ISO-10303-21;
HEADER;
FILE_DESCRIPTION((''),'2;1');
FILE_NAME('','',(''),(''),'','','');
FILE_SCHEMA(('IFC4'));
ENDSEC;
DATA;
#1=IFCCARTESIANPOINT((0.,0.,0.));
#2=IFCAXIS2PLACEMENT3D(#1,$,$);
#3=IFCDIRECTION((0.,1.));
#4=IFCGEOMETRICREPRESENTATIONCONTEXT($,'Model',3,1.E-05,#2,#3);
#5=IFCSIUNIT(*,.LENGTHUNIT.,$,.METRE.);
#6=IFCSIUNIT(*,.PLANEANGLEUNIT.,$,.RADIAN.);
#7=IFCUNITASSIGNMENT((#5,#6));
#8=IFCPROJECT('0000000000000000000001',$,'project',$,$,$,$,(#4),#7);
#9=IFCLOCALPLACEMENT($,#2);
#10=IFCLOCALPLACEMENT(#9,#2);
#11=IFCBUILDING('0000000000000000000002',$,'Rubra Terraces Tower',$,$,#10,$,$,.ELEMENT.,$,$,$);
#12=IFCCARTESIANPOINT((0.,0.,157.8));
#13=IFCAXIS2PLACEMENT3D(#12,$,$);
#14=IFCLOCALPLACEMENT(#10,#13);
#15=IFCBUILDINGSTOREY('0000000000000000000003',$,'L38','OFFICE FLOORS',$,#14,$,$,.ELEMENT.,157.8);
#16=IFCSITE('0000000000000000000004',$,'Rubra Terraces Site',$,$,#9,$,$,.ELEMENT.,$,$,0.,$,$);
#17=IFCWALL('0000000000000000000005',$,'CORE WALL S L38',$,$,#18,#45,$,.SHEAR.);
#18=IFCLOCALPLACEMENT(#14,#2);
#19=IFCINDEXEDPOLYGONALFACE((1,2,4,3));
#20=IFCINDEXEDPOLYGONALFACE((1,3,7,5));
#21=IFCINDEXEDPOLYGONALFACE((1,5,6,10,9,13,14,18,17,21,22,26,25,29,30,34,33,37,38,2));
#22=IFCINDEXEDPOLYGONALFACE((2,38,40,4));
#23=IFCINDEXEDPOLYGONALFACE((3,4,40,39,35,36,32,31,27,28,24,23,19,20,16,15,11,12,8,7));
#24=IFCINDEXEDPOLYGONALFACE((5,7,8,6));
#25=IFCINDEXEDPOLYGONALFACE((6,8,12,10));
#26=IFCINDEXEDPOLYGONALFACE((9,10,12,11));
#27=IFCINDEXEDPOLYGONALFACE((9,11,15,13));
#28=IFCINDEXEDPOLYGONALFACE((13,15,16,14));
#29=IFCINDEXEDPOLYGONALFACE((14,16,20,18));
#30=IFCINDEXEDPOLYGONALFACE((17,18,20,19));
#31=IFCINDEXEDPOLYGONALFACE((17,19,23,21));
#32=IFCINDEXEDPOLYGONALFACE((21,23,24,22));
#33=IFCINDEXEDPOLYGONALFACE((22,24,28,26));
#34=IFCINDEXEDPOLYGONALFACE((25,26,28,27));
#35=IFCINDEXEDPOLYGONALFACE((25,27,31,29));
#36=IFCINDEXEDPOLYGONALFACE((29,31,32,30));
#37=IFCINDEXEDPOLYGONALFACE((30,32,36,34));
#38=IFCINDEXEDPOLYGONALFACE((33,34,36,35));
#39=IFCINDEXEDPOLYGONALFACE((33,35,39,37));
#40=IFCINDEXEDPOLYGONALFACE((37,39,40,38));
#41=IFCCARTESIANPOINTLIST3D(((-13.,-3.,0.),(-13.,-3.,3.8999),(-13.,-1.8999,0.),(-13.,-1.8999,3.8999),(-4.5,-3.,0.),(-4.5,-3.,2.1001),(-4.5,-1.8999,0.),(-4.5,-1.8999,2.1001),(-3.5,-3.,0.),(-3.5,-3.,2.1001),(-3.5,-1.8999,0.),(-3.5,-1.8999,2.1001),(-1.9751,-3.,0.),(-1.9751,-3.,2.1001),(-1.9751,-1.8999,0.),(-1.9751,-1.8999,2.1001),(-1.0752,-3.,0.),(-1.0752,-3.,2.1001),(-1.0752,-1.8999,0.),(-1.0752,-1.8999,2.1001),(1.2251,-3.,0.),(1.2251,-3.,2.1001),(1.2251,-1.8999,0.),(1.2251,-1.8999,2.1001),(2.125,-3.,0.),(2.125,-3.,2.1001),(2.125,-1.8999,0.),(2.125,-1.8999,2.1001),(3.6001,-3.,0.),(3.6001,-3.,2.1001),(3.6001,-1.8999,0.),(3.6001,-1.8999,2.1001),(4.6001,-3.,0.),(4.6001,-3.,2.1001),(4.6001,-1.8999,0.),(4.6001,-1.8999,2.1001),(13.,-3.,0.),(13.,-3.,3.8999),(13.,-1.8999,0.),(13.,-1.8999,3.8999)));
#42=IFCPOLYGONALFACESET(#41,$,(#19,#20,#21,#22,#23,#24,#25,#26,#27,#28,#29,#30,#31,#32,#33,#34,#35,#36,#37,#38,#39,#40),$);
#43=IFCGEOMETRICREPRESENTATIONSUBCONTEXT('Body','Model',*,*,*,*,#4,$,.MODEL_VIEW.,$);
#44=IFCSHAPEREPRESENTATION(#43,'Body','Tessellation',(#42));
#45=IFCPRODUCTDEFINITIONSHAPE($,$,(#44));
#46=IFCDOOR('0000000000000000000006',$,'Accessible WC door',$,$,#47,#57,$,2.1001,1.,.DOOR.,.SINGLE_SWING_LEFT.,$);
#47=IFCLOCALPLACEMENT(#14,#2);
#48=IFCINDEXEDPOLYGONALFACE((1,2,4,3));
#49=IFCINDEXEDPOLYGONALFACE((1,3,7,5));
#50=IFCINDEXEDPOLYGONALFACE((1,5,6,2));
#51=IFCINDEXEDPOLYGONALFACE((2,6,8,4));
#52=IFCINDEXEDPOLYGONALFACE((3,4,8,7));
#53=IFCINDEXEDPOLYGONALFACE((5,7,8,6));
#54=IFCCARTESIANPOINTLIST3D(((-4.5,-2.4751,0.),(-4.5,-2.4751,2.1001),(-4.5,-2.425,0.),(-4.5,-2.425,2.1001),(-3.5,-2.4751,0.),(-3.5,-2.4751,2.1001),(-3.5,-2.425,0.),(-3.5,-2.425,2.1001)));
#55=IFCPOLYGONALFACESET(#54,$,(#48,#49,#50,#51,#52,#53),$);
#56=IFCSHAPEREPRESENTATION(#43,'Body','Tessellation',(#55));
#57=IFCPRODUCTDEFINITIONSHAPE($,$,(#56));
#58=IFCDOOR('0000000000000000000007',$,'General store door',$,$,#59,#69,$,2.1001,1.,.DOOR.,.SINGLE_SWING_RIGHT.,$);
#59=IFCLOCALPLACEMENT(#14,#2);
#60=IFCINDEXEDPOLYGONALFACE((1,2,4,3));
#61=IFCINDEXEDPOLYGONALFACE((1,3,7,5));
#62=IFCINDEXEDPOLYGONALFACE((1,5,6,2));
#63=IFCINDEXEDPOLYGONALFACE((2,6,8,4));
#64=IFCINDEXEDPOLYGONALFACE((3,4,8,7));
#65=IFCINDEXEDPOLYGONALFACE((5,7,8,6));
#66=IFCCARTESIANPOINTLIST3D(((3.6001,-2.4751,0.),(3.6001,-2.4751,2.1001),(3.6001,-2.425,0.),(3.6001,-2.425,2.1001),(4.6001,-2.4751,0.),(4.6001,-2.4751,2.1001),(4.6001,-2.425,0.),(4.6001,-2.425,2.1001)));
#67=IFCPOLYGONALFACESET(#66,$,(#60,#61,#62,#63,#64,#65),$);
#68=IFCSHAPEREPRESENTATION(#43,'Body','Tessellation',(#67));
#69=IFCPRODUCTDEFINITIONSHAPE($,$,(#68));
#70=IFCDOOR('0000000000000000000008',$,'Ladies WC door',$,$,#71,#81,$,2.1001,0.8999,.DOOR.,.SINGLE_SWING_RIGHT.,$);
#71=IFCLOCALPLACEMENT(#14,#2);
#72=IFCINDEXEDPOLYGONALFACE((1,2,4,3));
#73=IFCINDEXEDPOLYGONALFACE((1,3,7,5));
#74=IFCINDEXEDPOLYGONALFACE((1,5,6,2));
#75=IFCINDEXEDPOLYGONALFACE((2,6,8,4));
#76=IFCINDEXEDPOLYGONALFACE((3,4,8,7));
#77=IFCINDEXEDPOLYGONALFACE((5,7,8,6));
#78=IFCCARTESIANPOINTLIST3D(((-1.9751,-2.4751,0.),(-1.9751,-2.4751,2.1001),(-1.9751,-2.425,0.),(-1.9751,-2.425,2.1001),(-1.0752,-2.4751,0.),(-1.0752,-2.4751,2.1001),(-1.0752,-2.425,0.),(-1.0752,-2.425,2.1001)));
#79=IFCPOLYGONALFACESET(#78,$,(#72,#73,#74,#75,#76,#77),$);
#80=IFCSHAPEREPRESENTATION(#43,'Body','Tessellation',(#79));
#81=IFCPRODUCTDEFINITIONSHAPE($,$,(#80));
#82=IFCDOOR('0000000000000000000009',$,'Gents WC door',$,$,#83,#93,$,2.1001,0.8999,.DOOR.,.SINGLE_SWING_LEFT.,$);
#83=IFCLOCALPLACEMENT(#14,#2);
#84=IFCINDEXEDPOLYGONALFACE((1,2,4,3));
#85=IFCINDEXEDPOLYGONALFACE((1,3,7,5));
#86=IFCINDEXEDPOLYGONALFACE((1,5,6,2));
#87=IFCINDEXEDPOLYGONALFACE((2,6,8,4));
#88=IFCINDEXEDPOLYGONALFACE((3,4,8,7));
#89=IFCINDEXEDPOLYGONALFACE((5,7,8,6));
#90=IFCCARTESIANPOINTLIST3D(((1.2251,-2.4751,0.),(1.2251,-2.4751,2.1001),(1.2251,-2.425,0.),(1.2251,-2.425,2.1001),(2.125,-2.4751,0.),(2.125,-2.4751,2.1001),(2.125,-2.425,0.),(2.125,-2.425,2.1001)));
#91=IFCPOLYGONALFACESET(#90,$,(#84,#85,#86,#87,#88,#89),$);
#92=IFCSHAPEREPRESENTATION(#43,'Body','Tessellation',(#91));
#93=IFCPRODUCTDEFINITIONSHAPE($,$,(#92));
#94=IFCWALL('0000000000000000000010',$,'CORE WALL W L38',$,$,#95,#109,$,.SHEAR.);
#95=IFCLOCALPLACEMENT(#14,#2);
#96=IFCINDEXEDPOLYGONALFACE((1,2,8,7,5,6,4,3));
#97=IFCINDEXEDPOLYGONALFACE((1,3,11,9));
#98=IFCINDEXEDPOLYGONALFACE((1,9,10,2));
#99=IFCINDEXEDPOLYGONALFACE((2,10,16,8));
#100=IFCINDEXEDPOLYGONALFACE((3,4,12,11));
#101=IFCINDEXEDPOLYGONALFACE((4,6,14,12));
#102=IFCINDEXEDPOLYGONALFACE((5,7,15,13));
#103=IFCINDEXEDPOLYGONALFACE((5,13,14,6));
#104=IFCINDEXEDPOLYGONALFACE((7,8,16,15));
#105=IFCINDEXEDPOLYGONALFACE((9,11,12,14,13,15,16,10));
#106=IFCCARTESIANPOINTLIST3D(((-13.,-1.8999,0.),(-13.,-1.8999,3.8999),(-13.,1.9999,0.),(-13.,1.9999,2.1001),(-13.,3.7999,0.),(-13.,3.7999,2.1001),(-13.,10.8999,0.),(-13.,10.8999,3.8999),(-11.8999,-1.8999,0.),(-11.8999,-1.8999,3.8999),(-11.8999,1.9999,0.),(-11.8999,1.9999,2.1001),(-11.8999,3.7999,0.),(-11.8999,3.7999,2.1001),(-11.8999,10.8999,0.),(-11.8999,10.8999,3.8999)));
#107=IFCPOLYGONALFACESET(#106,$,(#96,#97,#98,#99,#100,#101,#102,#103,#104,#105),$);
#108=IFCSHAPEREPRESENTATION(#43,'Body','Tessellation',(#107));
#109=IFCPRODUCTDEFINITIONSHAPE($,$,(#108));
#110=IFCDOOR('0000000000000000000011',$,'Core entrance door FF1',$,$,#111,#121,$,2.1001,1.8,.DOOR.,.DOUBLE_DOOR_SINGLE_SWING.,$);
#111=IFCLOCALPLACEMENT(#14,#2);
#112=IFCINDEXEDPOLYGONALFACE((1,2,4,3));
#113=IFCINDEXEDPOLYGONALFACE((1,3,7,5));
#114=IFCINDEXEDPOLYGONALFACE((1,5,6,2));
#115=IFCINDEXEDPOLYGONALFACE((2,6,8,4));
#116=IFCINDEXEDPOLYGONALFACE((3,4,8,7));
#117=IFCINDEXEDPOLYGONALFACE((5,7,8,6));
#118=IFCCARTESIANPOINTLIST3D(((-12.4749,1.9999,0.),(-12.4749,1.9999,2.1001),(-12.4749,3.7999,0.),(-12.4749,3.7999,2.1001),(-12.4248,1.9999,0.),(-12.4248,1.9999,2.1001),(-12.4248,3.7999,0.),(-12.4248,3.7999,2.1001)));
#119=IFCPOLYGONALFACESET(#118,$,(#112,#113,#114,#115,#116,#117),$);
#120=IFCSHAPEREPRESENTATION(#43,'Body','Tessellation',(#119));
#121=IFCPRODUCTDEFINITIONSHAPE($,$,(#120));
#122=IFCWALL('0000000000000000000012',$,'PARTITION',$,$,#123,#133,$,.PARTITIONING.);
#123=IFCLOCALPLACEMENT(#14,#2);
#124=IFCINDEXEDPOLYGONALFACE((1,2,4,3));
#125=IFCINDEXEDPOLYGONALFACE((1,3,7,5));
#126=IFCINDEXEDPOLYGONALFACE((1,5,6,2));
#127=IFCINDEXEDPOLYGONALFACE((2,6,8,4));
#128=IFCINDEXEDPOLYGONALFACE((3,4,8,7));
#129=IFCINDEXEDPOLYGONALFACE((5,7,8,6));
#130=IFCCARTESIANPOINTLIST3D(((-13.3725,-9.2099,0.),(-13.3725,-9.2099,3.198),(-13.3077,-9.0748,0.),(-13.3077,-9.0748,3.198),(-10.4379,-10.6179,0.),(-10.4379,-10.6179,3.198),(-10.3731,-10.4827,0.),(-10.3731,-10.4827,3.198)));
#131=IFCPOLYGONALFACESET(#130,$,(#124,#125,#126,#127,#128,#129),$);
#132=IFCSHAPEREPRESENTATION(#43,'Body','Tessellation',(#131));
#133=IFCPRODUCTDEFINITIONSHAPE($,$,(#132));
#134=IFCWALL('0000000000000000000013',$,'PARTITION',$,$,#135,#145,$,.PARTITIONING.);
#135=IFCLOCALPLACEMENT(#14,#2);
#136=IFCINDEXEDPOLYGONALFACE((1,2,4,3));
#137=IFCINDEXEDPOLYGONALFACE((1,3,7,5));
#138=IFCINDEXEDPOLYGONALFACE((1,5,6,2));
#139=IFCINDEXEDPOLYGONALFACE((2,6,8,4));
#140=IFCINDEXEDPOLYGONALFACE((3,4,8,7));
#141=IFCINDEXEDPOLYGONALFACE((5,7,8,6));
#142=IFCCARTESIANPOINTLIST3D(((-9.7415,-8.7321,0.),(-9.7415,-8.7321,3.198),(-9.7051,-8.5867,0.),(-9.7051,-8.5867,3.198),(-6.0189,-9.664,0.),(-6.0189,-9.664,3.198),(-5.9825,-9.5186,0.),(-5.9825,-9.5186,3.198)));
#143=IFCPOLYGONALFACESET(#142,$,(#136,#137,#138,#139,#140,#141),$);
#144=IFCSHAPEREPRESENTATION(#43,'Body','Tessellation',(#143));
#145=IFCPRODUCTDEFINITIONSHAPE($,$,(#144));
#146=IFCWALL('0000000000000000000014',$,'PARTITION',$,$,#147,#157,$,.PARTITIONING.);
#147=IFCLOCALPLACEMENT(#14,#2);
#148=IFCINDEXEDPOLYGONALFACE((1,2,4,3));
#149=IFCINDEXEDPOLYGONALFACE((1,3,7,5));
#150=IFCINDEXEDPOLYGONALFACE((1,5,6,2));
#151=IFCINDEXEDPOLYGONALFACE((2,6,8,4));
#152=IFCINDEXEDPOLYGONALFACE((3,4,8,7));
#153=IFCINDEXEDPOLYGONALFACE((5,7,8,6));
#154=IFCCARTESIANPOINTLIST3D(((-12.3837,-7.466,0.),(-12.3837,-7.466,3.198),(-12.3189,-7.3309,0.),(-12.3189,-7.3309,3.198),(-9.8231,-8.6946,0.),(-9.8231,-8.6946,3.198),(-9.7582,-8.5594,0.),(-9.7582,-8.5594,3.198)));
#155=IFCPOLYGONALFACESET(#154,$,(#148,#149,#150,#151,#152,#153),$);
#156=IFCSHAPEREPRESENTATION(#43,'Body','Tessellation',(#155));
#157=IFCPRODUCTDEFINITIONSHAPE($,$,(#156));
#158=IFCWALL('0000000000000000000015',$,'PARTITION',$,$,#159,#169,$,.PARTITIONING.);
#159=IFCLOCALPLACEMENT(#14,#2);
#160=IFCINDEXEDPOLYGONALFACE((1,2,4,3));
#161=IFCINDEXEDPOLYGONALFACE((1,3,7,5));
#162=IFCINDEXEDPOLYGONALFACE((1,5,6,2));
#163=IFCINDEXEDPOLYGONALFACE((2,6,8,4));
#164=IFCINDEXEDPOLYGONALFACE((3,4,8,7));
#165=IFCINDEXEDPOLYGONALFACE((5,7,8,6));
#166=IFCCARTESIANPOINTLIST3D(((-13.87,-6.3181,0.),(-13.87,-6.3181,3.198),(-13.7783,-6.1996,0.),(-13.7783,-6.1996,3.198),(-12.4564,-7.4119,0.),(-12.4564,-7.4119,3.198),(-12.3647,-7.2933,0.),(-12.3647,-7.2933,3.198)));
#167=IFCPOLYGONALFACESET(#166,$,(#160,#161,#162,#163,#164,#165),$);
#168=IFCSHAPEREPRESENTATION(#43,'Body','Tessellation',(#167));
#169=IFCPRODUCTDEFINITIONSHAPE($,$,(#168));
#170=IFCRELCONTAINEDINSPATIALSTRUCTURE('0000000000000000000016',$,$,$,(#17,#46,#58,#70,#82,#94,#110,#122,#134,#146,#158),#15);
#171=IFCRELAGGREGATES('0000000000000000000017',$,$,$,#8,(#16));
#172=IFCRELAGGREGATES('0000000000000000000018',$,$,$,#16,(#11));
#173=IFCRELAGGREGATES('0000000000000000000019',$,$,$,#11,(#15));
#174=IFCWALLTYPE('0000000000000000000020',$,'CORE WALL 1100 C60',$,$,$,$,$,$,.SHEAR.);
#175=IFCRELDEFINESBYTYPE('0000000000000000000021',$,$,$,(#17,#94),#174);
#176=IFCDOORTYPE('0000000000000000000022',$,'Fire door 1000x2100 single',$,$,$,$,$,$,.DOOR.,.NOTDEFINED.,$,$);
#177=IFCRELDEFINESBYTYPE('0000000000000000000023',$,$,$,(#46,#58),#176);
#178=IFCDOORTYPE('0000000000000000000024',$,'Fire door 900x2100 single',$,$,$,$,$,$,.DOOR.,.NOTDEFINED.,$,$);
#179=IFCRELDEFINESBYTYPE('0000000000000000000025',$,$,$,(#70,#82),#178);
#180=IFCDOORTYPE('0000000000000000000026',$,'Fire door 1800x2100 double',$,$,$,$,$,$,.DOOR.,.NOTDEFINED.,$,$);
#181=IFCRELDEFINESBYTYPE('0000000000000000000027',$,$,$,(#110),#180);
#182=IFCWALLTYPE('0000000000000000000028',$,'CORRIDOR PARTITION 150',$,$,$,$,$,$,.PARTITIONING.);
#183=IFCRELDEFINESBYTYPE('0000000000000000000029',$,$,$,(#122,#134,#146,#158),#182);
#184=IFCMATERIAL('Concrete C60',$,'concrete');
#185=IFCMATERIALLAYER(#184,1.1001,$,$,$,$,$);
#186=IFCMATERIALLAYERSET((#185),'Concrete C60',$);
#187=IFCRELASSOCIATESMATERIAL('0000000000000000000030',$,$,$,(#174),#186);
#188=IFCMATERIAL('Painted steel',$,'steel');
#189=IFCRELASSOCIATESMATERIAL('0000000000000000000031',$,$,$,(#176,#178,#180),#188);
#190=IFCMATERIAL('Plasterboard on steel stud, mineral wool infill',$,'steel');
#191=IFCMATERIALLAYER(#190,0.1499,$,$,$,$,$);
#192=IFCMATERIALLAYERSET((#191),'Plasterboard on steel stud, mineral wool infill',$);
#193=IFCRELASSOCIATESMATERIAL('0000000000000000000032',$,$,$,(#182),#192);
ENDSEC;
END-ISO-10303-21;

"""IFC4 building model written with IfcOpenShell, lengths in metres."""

from ifc_helpers import new_model, si_unit, direction, frame, frame_2d, origin, place, context, subcontext, project, spatial, rectangle, extrude, material, layer, layer_set, type_object, element, fill, save


model = new_model("IFC4")

# Units and contexts
model_context = context("Model", 3, precision=1e-05, world=origin(), true_north=direction((0.0, 1.0)))
body_context = subcontext(model_context, "Body", "Model", "MODEL_VIEW")
ifc_project = project(units=[si_unit("LENGTHUNIT", "METRE"), si_unit("PLANEANGLEUNIT", "RADIAN")], contexts=[model_context])

# Site, building, storey
site_placement = place(None, origin())
site = spatial("IfcSite", under=ifc_project, at=site_placement, Name="Rubra Terraces Site", CompositionType="ELEMENT", RefElevation=0.0)
building_placement = place(site_placement, origin())
building = spatial("IfcBuilding", under=site, at=building_placement, Name="Rubra Terraces Tower", CompositionType="ELEMENT")
storey_placement = place(building_placement, frame((0.0, 0.0, 157.8)))
storey = spatial("IfcBuildingStorey", under=building, at=storey_placement, Name="L38", Description="OFFICE FLOORS", CompositionType="ELEMENT", Elevation=157.8)

# Wall, openings, doors
ifc_material_1 = material(Name="Concrete C60", Category="concrete")
ifc_layer_1 = layer(ifc_material_1, 1.1001)
ifc_layer_set_1 = layer_set([ifc_layer_1], Name="Concrete C60")
wall_type_1 = type_object("IfcWallType", Name="CORE WALL 1100 C60", PredefinedType="SHEAR", material=ifc_layer_set_1)
wall_1_placement = place(storey_placement, frame((-13.0, -2.45, 0.0), z_axis=(0.0, 0.0, 1.0), x_axis=(1.0, 0.0, 0.0)))
wall_1 = element("IfcWall", 1, at=wall_1_placement, inside=storey, type_object=wall_type_1, Name="CORE WALL S L38", PredefinedType="SHEAR", context=body_context, shape_type="SweptSolid", body=[
    extrude(rectangle(XDim=26.0, YDim=1.1001, at=frame_2d((13.0, 0.0))), origin(), (0.0, 0.0, 1.0), 3.8999),
])
opening_1_placement = place(wall_1_placement, frame((8.5, 0.0, 0.0)))
opening_1 = element("IfcOpeningElement", 2, at=opening_1_placement, cuts=wall_1, PredefinedType="OPENING", context=body_context, shape_type="SweptSolid", body=[
    extrude(rectangle(XDim=1.0, YDim=2.1001, at=frame_2d((0.5, 1.05))), frame((0.0, 0.5601, 0.0), z_axis=(0.0, -1.0, 0.0), x_axis=(1.0, 0.0, 0.0)), (0.0, 0.0, 1.0), 1.1201),
])
opening_2_placement = place(wall_1_placement, frame((11.0249, 0.0, 0.0)))
opening_2 = element("IfcOpeningElement", 3, at=opening_2_placement, cuts=wall_1, PredefinedType="OPENING", context=body_context, shape_type="SweptSolid", body=[
    extrude(rectangle(XDim=0.8999, YDim=2.1001, at=frame_2d((0.45, 1.05))), frame((0.0, 0.5601, 0.0), z_axis=(0.0, -1.0, 0.0), x_axis=(1.0, 0.0, 0.0)), (0.0, 0.0, 1.0), 1.1201),
])
opening_3_placement = place(wall_1_placement, frame((14.2251, 0.0, 0.0)))
opening_3 = element("IfcOpeningElement", 4, at=opening_3_placement, cuts=wall_1, PredefinedType="OPENING", context=body_context, shape_type="SweptSolid", body=[
    extrude(rectangle(XDim=0.8999, YDim=2.1001, at=frame_2d((0.45, 1.05))), frame((0.0, 0.5601, 0.0), z_axis=(0.0, -1.0, 0.0), x_axis=(1.0, 0.0, 0.0)), (0.0, 0.0, 1.0), 1.1201),
])
opening_4_placement = place(wall_1_placement, frame((16.6001, 0.0, 0.0)))
opening_4 = element("IfcOpeningElement", 5, at=opening_4_placement, cuts=wall_1, PredefinedType="OPENING", context=body_context, shape_type="SweptSolid", body=[
    extrude(rectangle(XDim=1.0, YDim=2.1001, at=frame_2d((0.5, 1.05))), frame((0.0, 0.5601, 0.0), z_axis=(0.0, -1.0, 0.0), x_axis=(1.0, 0.0, 0.0)), (0.0, 0.0, 1.0), 1.1201),
])
ifc_material_2 = material(Name="Painted steel", Category="steel")
door_type_1 = type_object("IfcDoorType", Name="Fire door 1000x2100 single", OperationType="NOTDEFINED", PredefinedType="DOOR", material=ifc_material_2)
door_1_placement = place(opening_1_placement, origin())
door_1 = element("IfcDoor", 6, at=door_1_placement, inside=storey, type_object=door_type_1, Name="Accessible WC door", OperationType="SINGLE_SWING_LEFT", OverallHeight=2.1001, OverallWidth=1.0, PredefinedType="DOOR", context=body_context, shape_type="SweptSolid", body=[
    extrude(rectangle(XDim=1.0, YDim=2.1001, at=frame_2d((0.5, 1.05))), frame((0.0, 0.0249, 0.0), z_axis=(0.0, -1.0, 0.0), x_axis=(1.0, 0.0, 0.0)), (0.0, 0.0, 1.0), 0.05),
])
fill(opening_1, door_1)
door_2_placement = place(opening_4_placement, origin())
door_2 = element("IfcDoor", 7, at=door_2_placement, inside=storey, type_object=door_type_1, Name="General store door", OperationType="SINGLE_SWING_RIGHT", OverallHeight=2.1001, OverallWidth=1.0, PredefinedType="DOOR", context=body_context, shape_type="SweptSolid", body=[
    extrude(rectangle(XDim=1.0, YDim=2.1001, at=frame_2d((0.5, 1.05))), frame((0.0, 0.0249, 0.0), z_axis=(0.0, -1.0, 0.0), x_axis=(1.0, 0.0, 0.0)), (0.0, 0.0, 1.0), 0.05),
])
fill(opening_4, door_2)
door_type_2 = type_object("IfcDoorType", Name="Fire door 900x2100 single", OperationType="NOTDEFINED", PredefinedType="DOOR", material=ifc_material_2)
door_3_placement = place(opening_2_placement, origin())
door_3 = element("IfcDoor", 8, at=door_3_placement, inside=storey, type_object=door_type_2, Name="Ladies WC door", OperationType="SINGLE_SWING_RIGHT", OverallHeight=2.1001, OverallWidth=0.8999, PredefinedType="DOOR", context=body_context, shape_type="SweptSolid", body=[
    extrude(rectangle(XDim=0.8999, YDim=2.1001, at=frame_2d((0.45, 1.05))), frame((0.0, 0.0249, 0.0), z_axis=(0.0, -1.0, 0.0), x_axis=(1.0, 0.0, 0.0)), (0.0, 0.0, 1.0), 0.05),
])
fill(opening_2, door_3)
door_4_placement = place(opening_3_placement, origin())
door_4 = element("IfcDoor", 9, at=door_4_placement, inside=storey, type_object=door_type_2, Name="Gents WC door", OperationType="SINGLE_SWING_LEFT", OverallHeight=2.1001, OverallWidth=0.8999, PredefinedType="DOOR", context=body_context, shape_type="SweptSolid", body=[
    extrude(rectangle(XDim=0.8999, YDim=2.1001, at=frame_2d((0.45, 1.05))), frame((0.0, 0.0249, 0.0), z_axis=(0.0, -1.0, 0.0), x_axis=(1.0, 0.0, 0.0)), (0.0, 0.0, 1.0), 0.05),
])
fill(opening_3, door_4)

# Wall, opening, door
wall_2_placement = place(storey_placement, frame((-12.45, -1.8999, 0.0), z_axis=(0.0, 0.0, 1.0), x_axis=(0.0, 1.0, 0.0)))
wall_2 = element("IfcWall", 10, at=wall_2_placement, inside=storey, type_object=wall_type_1, Name="CORE WALL W L38", PredefinedType="SHEAR", context=body_context, shape_type="SweptSolid", body=[
    extrude(rectangle(XDim=12.7998, YDim=1.1001, at=frame_2d((6.3999, 0.0))), origin(), (0.0, 0.0, 1.0), 3.8999),
])
opening_5_placement = place(wall_2_placement, frame((3.8999, 0.0, 0.0)))
opening_5 = element("IfcOpeningElement", 11, at=opening_5_placement, cuts=wall_2, PredefinedType="OPENING", context=body_context, shape_type="SweptSolid", body=[
    extrude(rectangle(XDim=1.8, YDim=2.1001, at=frame_2d((0.8999, 1.05))), frame((0.0, 0.5601, 0.0), z_axis=(0.0, -1.0, 0.0), x_axis=(1.0, 0.0, 0.0)), (0.0, 0.0, 1.0), 1.1201),
])
door_type_3 = type_object("IfcDoorType", Name="Fire door 1800x2100 double", OperationType="NOTDEFINED", PredefinedType="DOOR", material=ifc_material_2)
door_5_placement = place(opening_5_placement, origin())
door_5 = element("IfcDoor", 12, at=door_5_placement, inside=storey, type_object=door_type_3, Name="Core entrance door FF1", OperationType="DOUBLE_DOOR_SINGLE_SWING", OverallHeight=2.1001, OverallWidth=1.8, PredefinedType="DOOR", context=body_context, shape_type="SweptSolid", body=[
    extrude(rectangle(XDim=1.8, YDim=2.1001, at=frame_2d((0.8999, 1.05))), frame((0.0, 0.0249, 0.0), z_axis=(0.0, -1.0, 0.0), x_axis=(1.0, 0.0, 0.0)), (0.0, 0.0, 1.0), 0.05),
])
fill(opening_5, door_5)

# Walls
ifc_material_3 = material(Name="Plasterboard on steel stud, mineral wool infill", Category="steel")
ifc_layer_2 = layer(ifc_material_3, 0.1499)
ifc_layer_set_2 = layer_set([ifc_layer_2], Name="Plasterboard on steel stud, mineral wool infill")
wall_type_2 = type_object("IfcWallType", Name="CORRIDOR PARTITION 150", PredefinedType="PARTITIONING", material=ifc_layer_set_2)
wall_3_placement = place(storey_placement, frame((-13.3401, -9.1423, 0.0), z_axis=(0.0, 0.0, 1.0), x_axis=(0.901599, -0.432573, 0.0)))
element("IfcWall", 13, at=wall_3_placement, inside=storey, type_object=wall_type_2, Name="PARTITION", PredefinedType="PARTITIONING", context=body_context, shape_type="SweptSolid", body=[
    extrude(rectangle(XDim=3.2549, YDim=0.1499, at=frame_2d((1.6274, 0.0))), origin(), (0.0, 0.0, 1.0), 3.198),
])
wall_4_placement = place(storey_placement, frame((-6.0007, -9.5913, 0.0), z_axis=(0.0, 0.0, 1.0), x_axis=(-0.970064, 0.24285, 0.0)))
element("IfcWall", 14, at=wall_4_placement, inside=storey, type_object=wall_type_2, Name="PARTITION", PredefinedType="PARTITIONING", context=body_context, shape_type="SweptSolid", body=[
    extrude(rectangle(XDim=3.8374, YDim=0.1499, at=frame_2d((1.9187, 0.0))), origin(), (0.0, 0.0, 1.0), 3.198),
])
wall_5_placement = place(storey_placement, frame((-9.7908, -8.627, 0.0), z_axis=(0.0, 0.0, 1.0), x_axis=(-0.901598, 0.432575, 0.0)))
element("IfcWall", 15, at=wall_5_placement, inside=storey, type_object=wall_type_2, Name="PARTITION", PredefinedType="PARTITIONING", context=body_context, shape_type="SweptSolid", body=[
    extrude(rectangle(XDim=2.8401, YDim=0.1499, at=frame_2d((1.4199, 0.0))), origin(), (0.0, 0.0, 1.0), 3.198),
])
wall_6_placement = place(storey_placement, frame((-12.4106, -7.3525, 0.0), z_axis=(0.0, 0.0, 1.0), x_axis=(-0.790894, 0.611953, 0.0)))
element("IfcWall", 16, at=wall_6_placement, inside=storey, type_object=wall_type_2, Name="PARTITION", PredefinedType="PARTITIONING", context=body_context, shape_type="SweptSolid", body=[
    extrude(rectangle(XDim=1.7874, YDim=0.1499, at=frame_2d((0.8936, 0.0))), origin(), (0.0, 0.0, 1.0), 3.198),
])

save(model, "model.ifc")
